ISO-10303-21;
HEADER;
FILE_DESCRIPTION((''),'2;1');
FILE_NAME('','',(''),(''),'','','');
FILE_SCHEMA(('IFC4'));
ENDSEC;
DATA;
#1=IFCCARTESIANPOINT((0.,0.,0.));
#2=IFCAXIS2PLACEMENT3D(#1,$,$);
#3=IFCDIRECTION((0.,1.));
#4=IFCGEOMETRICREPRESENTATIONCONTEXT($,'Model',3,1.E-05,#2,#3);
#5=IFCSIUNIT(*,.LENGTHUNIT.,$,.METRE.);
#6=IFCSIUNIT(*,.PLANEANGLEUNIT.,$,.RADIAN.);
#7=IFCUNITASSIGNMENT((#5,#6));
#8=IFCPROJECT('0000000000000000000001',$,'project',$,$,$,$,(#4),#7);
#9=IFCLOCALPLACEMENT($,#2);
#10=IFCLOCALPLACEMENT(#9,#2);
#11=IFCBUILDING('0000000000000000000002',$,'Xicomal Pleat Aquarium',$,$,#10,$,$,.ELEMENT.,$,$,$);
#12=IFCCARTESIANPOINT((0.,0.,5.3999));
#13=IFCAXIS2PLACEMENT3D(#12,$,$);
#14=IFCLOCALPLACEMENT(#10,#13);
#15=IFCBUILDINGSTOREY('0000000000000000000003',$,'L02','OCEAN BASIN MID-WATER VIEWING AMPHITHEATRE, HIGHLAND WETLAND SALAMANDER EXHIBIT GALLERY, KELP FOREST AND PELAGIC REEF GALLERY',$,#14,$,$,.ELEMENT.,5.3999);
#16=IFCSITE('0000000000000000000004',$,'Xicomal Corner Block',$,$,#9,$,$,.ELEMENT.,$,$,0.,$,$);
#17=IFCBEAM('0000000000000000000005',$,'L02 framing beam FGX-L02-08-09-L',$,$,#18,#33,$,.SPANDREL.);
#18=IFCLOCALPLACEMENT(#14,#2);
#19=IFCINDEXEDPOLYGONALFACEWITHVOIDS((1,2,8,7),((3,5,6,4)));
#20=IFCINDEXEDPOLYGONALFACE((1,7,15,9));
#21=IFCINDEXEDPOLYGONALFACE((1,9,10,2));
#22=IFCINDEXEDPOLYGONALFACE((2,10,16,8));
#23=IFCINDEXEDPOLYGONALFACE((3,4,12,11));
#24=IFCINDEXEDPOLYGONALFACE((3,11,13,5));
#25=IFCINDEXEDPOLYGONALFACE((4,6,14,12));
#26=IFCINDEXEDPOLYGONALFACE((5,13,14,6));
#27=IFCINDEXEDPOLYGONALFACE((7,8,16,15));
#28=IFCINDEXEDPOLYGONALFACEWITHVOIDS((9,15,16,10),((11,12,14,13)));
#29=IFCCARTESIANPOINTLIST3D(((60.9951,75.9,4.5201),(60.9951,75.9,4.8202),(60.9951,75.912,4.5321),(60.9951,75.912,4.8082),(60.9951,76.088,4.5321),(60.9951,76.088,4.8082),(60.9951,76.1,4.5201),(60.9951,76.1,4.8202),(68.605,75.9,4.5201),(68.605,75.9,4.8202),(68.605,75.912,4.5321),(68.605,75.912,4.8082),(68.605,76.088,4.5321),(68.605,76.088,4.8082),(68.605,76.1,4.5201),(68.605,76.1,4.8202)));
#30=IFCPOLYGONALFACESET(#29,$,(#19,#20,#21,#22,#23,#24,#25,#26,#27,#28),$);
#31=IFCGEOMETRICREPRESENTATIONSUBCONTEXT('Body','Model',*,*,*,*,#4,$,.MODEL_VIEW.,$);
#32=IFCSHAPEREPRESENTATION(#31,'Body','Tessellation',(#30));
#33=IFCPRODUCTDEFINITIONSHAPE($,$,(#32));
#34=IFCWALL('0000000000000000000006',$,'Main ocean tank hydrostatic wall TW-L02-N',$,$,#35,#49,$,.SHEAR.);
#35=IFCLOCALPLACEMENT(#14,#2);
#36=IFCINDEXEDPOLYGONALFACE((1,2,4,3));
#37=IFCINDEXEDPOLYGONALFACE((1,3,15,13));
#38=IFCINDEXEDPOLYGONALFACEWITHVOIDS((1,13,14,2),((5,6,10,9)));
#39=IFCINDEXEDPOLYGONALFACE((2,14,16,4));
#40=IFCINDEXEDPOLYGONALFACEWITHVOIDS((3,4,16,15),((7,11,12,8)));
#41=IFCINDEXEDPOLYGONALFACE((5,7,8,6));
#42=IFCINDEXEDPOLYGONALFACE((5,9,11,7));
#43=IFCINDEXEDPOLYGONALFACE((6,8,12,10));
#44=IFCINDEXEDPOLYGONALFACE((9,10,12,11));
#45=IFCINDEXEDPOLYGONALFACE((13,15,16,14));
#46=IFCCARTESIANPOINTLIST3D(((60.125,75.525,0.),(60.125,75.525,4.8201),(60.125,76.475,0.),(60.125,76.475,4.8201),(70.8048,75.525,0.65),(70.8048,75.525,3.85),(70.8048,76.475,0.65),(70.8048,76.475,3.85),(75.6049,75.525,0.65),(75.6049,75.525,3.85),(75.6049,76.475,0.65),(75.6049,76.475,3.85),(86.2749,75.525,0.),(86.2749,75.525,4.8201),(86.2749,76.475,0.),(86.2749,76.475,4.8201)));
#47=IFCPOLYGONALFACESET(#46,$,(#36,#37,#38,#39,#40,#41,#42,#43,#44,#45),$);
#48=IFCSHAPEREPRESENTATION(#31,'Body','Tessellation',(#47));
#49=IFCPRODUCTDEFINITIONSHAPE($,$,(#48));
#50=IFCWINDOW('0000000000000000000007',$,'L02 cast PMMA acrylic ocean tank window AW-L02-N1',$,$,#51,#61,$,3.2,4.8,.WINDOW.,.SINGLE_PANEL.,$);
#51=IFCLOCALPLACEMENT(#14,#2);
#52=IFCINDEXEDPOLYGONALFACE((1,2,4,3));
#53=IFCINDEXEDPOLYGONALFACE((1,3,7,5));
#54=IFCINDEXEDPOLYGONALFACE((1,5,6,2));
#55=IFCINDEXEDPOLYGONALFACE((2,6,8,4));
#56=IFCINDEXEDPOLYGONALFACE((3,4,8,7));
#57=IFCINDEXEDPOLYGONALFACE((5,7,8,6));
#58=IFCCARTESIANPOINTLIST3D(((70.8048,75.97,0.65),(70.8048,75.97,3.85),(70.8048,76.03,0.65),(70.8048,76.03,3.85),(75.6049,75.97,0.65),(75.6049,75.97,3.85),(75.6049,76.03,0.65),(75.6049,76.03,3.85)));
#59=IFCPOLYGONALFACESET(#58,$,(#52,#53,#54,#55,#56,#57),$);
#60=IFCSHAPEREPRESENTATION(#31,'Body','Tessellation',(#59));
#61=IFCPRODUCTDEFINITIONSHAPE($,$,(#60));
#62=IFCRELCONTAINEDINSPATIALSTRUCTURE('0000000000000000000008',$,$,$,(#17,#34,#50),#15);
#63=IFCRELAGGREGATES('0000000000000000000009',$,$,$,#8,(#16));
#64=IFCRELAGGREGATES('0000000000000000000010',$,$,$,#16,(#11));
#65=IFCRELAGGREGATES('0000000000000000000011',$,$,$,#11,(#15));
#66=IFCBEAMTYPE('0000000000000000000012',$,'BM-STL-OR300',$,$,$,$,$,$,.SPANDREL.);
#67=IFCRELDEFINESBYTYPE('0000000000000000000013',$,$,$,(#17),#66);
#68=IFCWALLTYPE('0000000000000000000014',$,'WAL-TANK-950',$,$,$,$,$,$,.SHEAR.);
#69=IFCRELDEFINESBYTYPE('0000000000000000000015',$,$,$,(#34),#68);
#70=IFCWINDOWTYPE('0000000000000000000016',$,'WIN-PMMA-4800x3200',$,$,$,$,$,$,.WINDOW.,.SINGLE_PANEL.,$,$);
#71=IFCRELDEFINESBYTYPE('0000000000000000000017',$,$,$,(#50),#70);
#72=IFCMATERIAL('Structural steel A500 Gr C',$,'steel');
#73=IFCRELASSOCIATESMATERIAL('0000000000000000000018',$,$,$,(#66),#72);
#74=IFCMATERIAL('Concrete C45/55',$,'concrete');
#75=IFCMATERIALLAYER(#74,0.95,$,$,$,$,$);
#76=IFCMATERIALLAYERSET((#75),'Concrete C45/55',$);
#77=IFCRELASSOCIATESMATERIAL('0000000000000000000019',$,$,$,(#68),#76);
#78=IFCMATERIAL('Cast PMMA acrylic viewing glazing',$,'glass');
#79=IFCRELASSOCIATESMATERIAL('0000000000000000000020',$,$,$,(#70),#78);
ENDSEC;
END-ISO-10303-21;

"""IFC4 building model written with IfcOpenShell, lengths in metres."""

from ifc_helpers import new_model, si_unit, direction, frame, frame_2d, origin, origin_2d, place, context, subcontext, project, spatial, rectangle, hollow_rectangle, extrude, material, layer, layer_set, material_profile, profile_set, type_object, element, fill, save


model = new_model("IFC4")

# Units and contexts
model_context = context("Model", 3, precision=1e-05, world=origin(), true_north=direction((0.0, 1.0)))
body_context = subcontext(model_context, "Body", "Model", "MODEL_VIEW")
ifc_project = project(units=[si_unit("LENGTHUNIT", "METRE"), si_unit("PLANEANGLEUNIT", "RADIAN")], contexts=[model_context])

# Site, building, storey
site_placement = place(None, origin())
site = spatial("IfcSite", under=ifc_project, at=site_placement, Name="Xicomal Corner Block", CompositionType="ELEMENT", RefElevation=0.0)
building_placement = place(site_placement, origin())
building = spatial("IfcBuilding", under=site, at=building_placement, Name="Xicomal Pleat Aquarium", CompositionType="ELEMENT")
storey_placement = place(building_placement, frame((0.0, 0.0, 5.3999)))
storey = spatial("IfcBuildingStorey", under=building, at=storey_placement, Name="L02", Description="OCEAN BASIN MID-WATER VIEWING AMPHITHEATRE, HIGHLAND WETLAND SALAMANDER EXHIBIT GALLERY, KELP FOREST AND PELAGIC REEF GALLERY", CompositionType="ELEMENT", Elevation=5.3999)

# Beam
ifc_material_1 = material(Name="Structural steel A500 Gr C", Category="steel")
ifc_material_profile_1 = material_profile(ifc_material_1, hollow_rectangle(XDim=0.2, YDim=0.3, WallThickness=0.012, at=origin_2d()), Name="OR 300x200x12")
ifc_profile_set_1 = profile_set([ifc_material_profile_1], Name="Structural steel A500 Gr C")
beam_type_1 = type_object("IfcBeamType", Name="BM-STL-OR300", PredefinedType="SPANDREL", material=ifc_profile_set_1)
beam_1_placement = place(storey_placement, frame((60.9951, 76.0, 4.6702), z_axis=(1.0, 0.0, 0.0), x_axis=(0.0, 1.0, 0.0)))
element("IfcBeam", 1, at=beam_1_placement, inside=storey, type_object=beam_type_1, Name="L02 framing beam FGX-L02-08-09-L", PredefinedType="SPANDREL", context=body_context, shape_type="SweptSolid", body=[
    extrude(hollow_rectangle(XDim=0.2, YDim=0.3, WallThickness=0.012, at=origin_2d()), origin(), (0.0, 0.0, 1.0), 7.6099),
])

# Wall, opening, window
ifc_material_2 = material(Name="Concrete C45/55", Category="concrete")
ifc_layer = layer(ifc_material_2, 0.95)
ifc_layer_set = layer_set([ifc_layer], Name="Concrete C45/55")
wall_type = type_object("IfcWallType", Name="WAL-TANK-950", PredefinedType="SHEAR", material=ifc_layer_set)
wall_placement = place(storey_placement, frame((60.125, 76.0, 0.0), z_axis=(0.0, 0.0, 1.0), x_axis=(1.0, 0.0, 0.0)))
wall = element("IfcWall", 2, at=wall_placement, inside=storey, type_object=wall_type, Name="Main ocean tank hydrostatic wall TW-L02-N", PredefinedType="SHEAR", context=body_context, shape_type="SweptSolid", body=[
    extrude(rectangle(XDim=26.1499, YDim=0.95, at=frame_2d((13.075, 0.0))), origin(), (0.0, 0.0, 1.0), 4.8201),
])
opening_placement = place(wall_placement, frame((10.6799, 0.0, 0.6499)))
opening = element("IfcOpeningElement", 3, at=opening_placement, cuts=wall, PredefinedType="OPENING", context=body_context, shape_type="SweptSolid", body=[
    extrude(rectangle(XDim=4.8, YDim=3.2, at=frame_2d((2.3999, 1.6001))), frame((0.0, 0.4849, 0.0), z_axis=(0.0, -1.0, 0.0), x_axis=(1.0, 0.0, 0.0)), (0.0, 0.0, 1.0), 0.97),
])
ifc_material_3 = material(Name="Cast PMMA acrylic viewing glazing", Category="glass")
window_type = type_object("IfcWindowType", Name="WIN-PMMA-4800x3200", PartitioningType="SINGLE_PANEL", PredefinedType="WINDOW", material=ifc_material_3)
window_placement = place(opening_placement, origin())
window = element("IfcWindow", 4, at=window_placement, inside=storey, type_object=window_type, Name="L02 cast PMMA acrylic ocean tank window AW-L02-N1", OverallHeight=3.2, OverallWidth=4.8, PartitioningType="SINGLE_PANEL", PredefinedType="WINDOW", context=body_context, shape_type="SweptSolid", body=[
    extrude(rectangle(XDim=4.8, YDim=3.2, at=frame_2d((2.3999, 1.6001))), frame((0.0, 0.03, 0.0), z_axis=(0.0, -1.0, 0.0), x_axis=(1.0, 0.0, 0.0)), (0.0, 0.0, 1.0), 0.0601),
])
fill(opening, window)

save(model, "model.ifc")
